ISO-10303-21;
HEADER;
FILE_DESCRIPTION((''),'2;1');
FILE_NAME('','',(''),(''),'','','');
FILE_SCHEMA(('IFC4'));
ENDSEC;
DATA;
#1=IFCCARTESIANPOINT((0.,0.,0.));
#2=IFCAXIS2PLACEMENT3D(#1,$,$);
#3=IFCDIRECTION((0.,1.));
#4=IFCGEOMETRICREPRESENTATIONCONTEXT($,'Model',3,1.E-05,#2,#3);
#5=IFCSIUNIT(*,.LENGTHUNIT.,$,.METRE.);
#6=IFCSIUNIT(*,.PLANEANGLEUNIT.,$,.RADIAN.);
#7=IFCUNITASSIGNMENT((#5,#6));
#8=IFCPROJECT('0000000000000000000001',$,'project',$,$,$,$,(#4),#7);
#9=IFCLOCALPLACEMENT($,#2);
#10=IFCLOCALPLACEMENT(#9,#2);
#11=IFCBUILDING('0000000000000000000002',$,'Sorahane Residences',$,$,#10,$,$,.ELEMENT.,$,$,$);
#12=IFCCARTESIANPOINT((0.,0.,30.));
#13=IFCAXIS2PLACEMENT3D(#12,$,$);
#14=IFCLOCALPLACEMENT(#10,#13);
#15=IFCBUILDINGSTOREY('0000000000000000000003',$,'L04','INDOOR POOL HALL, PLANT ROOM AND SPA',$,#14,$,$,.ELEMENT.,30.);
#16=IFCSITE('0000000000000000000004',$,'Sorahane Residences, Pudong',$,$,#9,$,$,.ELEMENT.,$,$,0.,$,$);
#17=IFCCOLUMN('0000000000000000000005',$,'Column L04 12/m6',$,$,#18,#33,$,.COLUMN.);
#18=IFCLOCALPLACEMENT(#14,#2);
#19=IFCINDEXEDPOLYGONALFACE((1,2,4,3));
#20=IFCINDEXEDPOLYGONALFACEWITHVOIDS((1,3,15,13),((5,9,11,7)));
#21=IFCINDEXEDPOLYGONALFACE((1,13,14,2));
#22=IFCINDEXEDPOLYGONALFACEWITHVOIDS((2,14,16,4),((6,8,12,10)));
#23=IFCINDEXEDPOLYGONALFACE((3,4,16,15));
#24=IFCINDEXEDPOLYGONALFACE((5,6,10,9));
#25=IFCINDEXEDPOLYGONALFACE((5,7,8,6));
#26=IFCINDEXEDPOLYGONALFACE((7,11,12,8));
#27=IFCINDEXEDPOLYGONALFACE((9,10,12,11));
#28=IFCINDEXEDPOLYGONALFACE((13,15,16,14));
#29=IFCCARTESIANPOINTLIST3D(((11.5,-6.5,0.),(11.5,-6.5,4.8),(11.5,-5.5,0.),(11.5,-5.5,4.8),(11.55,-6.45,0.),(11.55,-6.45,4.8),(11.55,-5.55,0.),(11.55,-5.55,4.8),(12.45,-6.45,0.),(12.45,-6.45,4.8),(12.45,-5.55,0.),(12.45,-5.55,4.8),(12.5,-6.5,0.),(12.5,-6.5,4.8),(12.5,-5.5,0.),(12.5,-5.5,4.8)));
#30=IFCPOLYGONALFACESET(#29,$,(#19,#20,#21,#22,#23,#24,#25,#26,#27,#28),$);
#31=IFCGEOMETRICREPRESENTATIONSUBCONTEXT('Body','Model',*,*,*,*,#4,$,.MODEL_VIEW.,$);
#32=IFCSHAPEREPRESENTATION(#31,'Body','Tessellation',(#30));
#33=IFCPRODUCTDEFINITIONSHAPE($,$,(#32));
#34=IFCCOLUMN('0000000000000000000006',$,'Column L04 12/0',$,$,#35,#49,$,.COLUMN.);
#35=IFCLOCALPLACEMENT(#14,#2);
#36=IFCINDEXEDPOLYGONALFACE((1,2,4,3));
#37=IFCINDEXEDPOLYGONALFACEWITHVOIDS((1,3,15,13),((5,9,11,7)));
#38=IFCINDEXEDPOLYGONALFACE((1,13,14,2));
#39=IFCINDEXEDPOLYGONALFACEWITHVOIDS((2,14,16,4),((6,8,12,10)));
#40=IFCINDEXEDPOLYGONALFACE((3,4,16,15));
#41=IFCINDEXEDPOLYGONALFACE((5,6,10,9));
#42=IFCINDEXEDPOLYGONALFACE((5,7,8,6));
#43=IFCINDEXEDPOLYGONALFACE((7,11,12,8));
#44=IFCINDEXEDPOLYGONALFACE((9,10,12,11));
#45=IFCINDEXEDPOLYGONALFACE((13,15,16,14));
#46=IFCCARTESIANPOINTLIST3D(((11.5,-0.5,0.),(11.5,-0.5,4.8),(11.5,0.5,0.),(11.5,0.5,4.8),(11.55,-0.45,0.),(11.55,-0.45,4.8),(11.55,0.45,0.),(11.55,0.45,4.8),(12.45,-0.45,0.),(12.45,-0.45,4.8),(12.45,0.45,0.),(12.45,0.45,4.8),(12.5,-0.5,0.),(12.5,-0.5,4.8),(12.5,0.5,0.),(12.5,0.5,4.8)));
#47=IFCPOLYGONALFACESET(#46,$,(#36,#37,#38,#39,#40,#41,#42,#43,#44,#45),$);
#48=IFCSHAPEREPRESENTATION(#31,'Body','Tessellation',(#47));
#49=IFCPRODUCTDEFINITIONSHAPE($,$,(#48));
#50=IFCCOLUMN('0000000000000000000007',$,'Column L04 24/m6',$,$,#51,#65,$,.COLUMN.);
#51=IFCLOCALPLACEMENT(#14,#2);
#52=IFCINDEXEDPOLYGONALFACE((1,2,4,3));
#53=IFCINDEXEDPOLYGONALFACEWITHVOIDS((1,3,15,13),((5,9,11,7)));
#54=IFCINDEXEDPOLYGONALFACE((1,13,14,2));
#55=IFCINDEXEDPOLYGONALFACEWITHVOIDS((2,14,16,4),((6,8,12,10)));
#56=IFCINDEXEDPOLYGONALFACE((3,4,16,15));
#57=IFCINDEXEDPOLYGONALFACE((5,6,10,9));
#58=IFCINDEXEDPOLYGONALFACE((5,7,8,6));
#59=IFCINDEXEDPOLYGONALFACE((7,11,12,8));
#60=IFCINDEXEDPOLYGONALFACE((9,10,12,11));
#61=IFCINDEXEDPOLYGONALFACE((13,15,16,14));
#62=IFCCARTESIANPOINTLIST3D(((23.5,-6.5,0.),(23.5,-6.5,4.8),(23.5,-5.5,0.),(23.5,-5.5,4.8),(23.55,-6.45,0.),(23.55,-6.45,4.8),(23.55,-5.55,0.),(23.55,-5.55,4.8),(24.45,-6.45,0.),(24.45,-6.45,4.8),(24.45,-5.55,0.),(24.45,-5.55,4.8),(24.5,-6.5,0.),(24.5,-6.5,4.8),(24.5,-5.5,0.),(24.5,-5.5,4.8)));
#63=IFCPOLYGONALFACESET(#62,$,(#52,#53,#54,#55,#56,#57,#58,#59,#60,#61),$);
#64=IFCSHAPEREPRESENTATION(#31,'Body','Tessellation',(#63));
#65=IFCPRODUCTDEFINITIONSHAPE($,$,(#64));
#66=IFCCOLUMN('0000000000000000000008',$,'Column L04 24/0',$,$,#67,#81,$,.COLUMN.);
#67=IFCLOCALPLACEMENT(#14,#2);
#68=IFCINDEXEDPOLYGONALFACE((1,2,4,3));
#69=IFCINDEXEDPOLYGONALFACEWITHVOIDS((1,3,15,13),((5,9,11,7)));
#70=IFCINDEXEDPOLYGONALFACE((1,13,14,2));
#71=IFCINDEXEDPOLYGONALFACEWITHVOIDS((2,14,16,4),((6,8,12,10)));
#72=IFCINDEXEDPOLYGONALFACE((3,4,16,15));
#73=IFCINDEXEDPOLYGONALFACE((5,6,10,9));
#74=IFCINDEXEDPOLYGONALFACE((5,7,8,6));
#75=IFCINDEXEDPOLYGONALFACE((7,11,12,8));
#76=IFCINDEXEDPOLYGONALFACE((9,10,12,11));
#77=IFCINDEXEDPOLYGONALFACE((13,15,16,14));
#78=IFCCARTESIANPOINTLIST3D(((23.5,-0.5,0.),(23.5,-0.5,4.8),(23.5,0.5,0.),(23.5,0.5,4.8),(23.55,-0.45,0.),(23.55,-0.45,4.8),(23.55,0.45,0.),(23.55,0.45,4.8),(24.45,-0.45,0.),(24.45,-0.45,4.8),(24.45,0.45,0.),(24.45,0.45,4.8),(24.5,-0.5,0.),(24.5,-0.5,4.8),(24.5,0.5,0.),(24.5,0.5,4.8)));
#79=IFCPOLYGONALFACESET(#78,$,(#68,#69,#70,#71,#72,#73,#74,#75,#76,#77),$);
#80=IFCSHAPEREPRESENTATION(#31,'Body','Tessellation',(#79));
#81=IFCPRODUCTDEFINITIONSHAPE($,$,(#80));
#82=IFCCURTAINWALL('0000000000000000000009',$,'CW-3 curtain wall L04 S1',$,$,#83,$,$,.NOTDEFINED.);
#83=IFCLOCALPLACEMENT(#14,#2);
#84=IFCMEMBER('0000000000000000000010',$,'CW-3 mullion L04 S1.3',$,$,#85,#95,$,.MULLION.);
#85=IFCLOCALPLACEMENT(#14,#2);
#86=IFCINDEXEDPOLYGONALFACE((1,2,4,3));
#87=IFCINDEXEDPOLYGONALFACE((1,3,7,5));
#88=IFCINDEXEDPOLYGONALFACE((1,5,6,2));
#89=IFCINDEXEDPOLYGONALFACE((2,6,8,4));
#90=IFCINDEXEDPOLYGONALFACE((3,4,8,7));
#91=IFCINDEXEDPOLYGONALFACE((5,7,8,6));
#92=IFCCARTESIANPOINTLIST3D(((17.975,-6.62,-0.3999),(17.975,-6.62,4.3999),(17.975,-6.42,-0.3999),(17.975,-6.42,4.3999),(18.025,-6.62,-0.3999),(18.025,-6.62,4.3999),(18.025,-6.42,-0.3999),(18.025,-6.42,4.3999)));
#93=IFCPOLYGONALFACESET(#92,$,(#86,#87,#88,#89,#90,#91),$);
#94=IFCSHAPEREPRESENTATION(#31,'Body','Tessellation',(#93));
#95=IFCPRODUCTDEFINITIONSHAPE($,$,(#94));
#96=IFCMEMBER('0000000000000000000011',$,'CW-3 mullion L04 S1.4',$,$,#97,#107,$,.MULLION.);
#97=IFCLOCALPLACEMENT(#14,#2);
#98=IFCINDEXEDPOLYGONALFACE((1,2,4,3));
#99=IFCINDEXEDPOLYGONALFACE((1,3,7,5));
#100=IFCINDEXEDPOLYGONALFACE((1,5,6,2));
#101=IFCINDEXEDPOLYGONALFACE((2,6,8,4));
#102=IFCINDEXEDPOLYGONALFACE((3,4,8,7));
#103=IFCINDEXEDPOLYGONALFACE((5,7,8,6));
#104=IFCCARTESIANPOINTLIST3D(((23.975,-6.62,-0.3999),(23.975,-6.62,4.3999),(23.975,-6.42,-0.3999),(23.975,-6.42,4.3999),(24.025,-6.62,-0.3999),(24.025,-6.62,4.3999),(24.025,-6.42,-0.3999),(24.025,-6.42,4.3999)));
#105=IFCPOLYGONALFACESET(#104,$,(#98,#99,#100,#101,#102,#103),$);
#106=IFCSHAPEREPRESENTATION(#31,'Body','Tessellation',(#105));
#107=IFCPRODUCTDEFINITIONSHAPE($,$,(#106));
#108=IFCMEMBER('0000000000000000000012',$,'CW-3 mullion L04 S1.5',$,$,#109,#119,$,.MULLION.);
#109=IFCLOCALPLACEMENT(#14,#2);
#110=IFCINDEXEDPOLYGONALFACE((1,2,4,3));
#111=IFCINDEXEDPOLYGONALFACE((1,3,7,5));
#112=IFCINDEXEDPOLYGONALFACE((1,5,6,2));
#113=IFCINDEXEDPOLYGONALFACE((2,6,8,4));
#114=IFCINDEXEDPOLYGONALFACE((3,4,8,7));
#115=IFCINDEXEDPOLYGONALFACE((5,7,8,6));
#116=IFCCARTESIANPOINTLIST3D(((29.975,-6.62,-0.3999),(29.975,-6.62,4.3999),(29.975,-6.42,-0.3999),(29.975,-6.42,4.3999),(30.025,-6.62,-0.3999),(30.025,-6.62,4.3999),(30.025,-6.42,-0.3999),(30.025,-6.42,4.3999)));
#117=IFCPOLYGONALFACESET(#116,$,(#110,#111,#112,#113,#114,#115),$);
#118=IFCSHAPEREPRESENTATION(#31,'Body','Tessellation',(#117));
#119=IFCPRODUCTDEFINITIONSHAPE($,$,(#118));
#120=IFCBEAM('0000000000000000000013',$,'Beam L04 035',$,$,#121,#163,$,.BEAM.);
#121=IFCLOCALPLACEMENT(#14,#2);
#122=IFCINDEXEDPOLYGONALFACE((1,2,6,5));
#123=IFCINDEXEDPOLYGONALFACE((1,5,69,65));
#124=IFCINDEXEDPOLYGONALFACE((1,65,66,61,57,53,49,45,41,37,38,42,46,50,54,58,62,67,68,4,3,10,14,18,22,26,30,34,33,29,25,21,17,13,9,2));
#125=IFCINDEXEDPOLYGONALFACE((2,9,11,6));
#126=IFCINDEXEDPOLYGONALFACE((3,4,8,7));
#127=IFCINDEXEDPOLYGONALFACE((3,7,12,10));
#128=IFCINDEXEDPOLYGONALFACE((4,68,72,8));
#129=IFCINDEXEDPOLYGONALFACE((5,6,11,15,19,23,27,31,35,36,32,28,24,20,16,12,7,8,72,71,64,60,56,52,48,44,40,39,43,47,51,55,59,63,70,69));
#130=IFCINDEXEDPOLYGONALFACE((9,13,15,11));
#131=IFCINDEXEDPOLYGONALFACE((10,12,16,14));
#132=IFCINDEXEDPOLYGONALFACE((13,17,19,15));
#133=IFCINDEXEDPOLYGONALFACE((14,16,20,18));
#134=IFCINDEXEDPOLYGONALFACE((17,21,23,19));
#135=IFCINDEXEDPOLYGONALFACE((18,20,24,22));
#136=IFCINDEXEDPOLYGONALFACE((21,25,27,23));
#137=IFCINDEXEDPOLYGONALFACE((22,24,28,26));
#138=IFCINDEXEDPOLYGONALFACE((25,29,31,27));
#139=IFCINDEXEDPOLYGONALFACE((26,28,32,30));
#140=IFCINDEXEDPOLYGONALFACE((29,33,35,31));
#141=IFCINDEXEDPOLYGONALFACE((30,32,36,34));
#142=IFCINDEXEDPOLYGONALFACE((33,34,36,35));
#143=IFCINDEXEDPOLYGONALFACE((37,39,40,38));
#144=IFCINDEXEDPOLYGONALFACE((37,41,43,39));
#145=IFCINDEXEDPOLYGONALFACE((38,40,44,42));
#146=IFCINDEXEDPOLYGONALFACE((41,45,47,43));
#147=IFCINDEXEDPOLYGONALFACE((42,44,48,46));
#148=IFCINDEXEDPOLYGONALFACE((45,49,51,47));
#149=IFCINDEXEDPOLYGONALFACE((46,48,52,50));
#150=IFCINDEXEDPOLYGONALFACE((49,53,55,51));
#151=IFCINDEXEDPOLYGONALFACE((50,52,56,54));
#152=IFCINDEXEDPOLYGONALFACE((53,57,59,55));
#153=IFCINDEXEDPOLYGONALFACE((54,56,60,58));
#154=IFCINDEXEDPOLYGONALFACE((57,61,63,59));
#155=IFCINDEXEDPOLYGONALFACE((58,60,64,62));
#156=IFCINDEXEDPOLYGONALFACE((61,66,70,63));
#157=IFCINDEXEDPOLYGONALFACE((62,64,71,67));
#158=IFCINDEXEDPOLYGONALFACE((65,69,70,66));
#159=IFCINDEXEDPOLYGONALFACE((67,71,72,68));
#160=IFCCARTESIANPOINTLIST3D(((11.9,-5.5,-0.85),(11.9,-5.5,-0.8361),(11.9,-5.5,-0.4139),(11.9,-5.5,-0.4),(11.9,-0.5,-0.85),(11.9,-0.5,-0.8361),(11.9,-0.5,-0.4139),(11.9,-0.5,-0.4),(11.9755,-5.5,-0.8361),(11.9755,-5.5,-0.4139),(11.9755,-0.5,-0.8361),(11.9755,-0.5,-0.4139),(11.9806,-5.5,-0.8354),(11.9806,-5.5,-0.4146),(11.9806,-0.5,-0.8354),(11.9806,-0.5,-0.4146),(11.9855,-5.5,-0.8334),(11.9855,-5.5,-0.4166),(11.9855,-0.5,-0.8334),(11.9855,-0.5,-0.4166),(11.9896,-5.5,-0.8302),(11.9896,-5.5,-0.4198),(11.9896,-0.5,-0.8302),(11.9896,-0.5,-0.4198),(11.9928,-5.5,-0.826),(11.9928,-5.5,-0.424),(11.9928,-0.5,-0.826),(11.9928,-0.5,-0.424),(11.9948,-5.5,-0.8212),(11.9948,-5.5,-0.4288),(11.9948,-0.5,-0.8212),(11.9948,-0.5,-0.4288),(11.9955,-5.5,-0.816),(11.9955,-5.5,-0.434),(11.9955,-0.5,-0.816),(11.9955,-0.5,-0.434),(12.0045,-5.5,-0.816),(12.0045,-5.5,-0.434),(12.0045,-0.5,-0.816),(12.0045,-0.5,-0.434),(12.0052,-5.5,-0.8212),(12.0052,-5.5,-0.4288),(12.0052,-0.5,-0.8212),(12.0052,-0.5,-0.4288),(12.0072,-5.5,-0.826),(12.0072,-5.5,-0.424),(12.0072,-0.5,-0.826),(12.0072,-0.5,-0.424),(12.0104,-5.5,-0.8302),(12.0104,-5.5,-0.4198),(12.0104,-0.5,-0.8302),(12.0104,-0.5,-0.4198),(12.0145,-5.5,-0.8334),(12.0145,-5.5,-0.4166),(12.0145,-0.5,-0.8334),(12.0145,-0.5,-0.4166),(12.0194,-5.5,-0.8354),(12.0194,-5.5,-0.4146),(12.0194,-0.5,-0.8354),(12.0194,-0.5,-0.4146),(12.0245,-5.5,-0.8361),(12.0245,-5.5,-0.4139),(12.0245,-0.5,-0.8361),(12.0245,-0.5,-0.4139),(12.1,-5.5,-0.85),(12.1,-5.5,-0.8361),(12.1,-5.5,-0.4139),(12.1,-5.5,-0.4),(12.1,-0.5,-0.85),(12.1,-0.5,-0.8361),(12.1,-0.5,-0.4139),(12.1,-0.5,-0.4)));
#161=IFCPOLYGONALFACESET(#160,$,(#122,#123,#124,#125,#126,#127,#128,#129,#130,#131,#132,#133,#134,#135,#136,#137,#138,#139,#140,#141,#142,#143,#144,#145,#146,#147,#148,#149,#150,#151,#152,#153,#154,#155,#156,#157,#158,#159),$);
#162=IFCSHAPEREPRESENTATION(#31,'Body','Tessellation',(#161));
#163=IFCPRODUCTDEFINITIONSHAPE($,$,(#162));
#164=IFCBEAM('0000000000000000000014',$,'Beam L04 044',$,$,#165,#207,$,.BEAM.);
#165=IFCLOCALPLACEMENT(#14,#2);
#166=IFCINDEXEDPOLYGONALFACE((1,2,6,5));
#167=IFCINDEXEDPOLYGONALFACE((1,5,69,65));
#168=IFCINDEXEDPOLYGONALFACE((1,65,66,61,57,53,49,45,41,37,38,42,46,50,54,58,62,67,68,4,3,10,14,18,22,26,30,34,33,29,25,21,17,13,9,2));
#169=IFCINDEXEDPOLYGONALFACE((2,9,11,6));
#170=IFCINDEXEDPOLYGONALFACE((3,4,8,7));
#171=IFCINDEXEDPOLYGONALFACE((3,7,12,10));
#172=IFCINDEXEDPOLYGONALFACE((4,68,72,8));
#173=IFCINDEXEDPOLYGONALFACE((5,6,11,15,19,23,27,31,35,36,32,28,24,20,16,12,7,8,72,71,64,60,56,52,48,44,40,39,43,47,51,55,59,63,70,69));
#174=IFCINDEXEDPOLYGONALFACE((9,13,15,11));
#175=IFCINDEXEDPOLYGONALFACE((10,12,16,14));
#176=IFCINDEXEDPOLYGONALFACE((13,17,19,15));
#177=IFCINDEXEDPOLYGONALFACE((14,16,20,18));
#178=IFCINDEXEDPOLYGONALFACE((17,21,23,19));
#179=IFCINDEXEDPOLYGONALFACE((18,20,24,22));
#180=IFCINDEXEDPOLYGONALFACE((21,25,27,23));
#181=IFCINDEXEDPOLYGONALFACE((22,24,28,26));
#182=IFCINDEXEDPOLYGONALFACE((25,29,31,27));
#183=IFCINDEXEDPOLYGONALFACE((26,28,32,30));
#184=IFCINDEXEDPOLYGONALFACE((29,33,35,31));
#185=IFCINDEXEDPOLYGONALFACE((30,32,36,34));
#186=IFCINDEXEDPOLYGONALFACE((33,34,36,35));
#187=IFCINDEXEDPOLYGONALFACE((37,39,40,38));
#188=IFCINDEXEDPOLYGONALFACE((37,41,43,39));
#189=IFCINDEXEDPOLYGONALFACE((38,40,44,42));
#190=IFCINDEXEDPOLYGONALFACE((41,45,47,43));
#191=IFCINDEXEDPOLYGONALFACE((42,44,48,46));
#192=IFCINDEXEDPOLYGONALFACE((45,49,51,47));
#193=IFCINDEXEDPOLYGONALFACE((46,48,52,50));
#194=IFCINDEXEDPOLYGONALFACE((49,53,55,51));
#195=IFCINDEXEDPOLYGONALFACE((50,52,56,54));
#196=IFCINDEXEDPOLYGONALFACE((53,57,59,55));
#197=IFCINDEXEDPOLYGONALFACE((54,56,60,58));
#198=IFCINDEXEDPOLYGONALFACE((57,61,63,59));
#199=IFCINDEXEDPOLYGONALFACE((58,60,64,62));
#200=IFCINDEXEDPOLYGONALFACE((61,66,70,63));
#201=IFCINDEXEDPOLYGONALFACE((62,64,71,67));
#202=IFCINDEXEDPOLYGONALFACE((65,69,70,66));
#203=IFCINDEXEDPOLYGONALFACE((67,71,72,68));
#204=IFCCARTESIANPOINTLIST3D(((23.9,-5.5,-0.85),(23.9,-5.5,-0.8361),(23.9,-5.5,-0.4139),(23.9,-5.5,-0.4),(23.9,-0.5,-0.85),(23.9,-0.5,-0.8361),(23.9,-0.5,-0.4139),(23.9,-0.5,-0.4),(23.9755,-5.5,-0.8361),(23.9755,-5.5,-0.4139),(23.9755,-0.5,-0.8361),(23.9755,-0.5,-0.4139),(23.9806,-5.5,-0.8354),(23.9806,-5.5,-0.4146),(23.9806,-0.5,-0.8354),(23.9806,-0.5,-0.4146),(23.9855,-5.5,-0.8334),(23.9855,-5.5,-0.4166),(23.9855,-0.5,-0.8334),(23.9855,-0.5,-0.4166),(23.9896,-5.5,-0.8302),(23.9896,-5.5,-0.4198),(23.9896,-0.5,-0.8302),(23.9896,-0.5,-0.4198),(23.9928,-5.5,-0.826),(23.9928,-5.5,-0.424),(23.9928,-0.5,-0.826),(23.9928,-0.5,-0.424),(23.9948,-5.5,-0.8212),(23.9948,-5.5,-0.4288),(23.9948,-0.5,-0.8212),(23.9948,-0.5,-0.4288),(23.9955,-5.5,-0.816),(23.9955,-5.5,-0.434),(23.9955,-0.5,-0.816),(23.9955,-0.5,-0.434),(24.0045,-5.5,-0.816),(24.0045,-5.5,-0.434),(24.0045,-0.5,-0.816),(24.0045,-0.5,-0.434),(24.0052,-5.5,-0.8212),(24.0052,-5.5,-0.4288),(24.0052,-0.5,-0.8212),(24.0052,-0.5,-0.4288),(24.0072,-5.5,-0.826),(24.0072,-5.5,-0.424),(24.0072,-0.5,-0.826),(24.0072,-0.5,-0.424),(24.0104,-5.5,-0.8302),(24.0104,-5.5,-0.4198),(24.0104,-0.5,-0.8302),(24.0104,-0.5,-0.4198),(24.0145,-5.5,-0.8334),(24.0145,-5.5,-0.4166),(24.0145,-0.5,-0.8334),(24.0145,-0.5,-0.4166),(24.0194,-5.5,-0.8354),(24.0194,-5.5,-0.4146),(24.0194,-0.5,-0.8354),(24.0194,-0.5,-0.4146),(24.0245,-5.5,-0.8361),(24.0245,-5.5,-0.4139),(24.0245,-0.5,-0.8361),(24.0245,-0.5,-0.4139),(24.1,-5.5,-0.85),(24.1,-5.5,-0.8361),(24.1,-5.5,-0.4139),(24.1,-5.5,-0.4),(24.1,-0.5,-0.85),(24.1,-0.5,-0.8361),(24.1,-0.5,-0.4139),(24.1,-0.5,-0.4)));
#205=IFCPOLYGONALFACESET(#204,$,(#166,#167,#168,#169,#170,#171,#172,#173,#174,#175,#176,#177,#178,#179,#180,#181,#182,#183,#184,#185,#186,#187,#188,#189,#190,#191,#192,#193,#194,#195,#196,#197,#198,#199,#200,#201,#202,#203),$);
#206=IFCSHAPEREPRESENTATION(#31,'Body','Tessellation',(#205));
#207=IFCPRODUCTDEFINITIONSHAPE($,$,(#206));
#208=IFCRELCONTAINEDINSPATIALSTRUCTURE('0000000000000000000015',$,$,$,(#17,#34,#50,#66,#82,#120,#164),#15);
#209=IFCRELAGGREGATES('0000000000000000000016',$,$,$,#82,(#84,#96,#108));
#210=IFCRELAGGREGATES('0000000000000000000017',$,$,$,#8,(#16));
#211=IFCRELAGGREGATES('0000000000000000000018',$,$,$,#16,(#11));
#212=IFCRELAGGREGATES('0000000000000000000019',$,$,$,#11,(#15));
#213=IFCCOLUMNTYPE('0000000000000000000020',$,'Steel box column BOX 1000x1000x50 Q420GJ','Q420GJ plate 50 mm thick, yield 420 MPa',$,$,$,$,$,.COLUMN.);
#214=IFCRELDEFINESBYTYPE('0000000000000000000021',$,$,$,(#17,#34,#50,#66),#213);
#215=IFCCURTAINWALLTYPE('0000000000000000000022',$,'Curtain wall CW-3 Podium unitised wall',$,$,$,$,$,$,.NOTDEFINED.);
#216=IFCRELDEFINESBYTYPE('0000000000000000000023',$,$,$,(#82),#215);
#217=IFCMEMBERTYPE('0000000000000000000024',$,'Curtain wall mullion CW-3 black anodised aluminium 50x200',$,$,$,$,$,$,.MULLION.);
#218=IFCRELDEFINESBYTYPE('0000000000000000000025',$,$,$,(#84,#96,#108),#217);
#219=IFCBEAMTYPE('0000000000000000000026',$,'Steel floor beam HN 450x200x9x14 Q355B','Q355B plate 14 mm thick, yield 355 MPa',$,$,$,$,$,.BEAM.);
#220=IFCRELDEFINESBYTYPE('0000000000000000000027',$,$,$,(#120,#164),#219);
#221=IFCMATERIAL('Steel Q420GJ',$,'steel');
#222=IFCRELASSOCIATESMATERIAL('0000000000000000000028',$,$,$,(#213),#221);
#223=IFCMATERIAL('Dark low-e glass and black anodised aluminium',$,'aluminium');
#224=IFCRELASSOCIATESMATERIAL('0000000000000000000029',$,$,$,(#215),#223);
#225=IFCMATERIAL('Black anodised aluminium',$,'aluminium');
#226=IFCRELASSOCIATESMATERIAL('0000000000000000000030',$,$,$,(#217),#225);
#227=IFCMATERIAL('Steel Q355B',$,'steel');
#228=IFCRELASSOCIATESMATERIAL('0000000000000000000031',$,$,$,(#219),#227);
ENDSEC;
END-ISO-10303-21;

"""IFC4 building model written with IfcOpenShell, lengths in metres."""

from ifc_helpers import new_model, si_unit, direction, frame, origin, origin_2d, place, context, subcontext, project, spatial, rectangle, hollow_rectangle, i_section, extrude, material, material_profile, profile_set, type_object, element, aggregate, save


model = new_model("IFC4")

# Units and contexts
model_context = context("Model", 3, precision=1e-05, world=origin(), true_north=direction((0.0, 1.0)))
body_context = subcontext(model_context, "Body", "Model", "MODEL_VIEW")
ifc_project = project(units=[si_unit("LENGTHUNIT", "METRE"), si_unit("PLANEANGLEUNIT", "RADIAN")], contexts=[model_context])

# Site, building, storey
site_placement = place(None, origin())
site = spatial("IfcSite", under=ifc_project, at=site_placement, Name="Sorahane Residences, Pudong", CompositionType="ELEMENT", RefElevation=0.0)
building_placement = place(site_placement, origin())
building = spatial("IfcBuilding", under=site, at=building_placement, Name="Sorahane Residences", CompositionType="ELEMENT")
storey_placement = place(building_placement, frame((0.0, 0.0, 30.0)))
storey = spatial("IfcBuildingStorey", under=building, at=storey_placement, Name="L04", Description="INDOOR POOL HALL, PLANT ROOM AND SPA", CompositionType="ELEMENT", Elevation=30.0)

# Columns
ifc_material_1 = material(Name="Steel Q420GJ", Category="steel")
ifc_material_profile_1 = material_profile(ifc_material_1, hollow_rectangle(XDim=1.0, YDim=1.0, WallThickness=0.05, at=origin_2d()), Name="BOX 1000x1000x50")
ifc_profile_set_1 = profile_set([ifc_material_profile_1], Name="Steel Q420GJ")
column_type = type_object("IfcColumnType", Name="Steel box column BOX 1000x1000x50 Q420GJ", Description="Q420GJ plate 50 mm thick, yield 420 MPa", PredefinedType="COLUMN", material=ifc_profile_set_1)
for number, where, z_axis, x_axis, name in (
    (1, (12.0, -6.0, 0.0), (0.0, 0.0, 1.0), (1.0, 0.0, 0.0), "Column L04 12/m6"),
    (2, (12.0, 0.0, 0.0), (0.0, 0.0, 1.0), (1.0, 0.0, 0.0), "Column L04 12/0"),
    (3, (24.0, -6.0, 0.0), (0.0, 0.0, 1.0), (1.0, 0.0, 0.0), "Column L04 24/m6"),
    (4, (24.0, 0.0, 0.0), (0.0, 0.0, 1.0), (1.0, 0.0, 0.0), "Column L04 24/0"),
):
    element("IfcColumn", number, at=place(storey_placement, frame(where, z_axis=z_axis, x_axis=x_axis)), inside=storey, type_object=column_type, Name=name, PredefinedType="COLUMN", context=body_context, shape_type="SweptSolid", body=[
        extrude(hollow_rectangle(XDim=1.0, YDim=1.0, WallThickness=0.05, at=origin_2d()), origin(), (0.0, 0.0, 1.0), 4.8),
    ])

# Curtain wall, members
ifc_material_2 = material(Name="Dark low-e glass and black anodised aluminium", Category="aluminium")
curtain_wall_type = type_object("IfcCurtainWallType", Name="Curtain wall CW-3 Podium unitised wall", PredefinedType="NOTDEFINED", material=ifc_material_2)
curtain_wall_placement = place(storey_placement, origin())
curtain_wall = element("IfcCurtainWall", 5, at=curtain_wall_placement, inside=storey, type_object=curtain_wall_type, Name="CW-3 curtain wall L04 S1", PredefinedType="NOTDEFINED")
ifc_material_3 = material(Name="Black anodised aluminium", Category="aluminium")
ifc_material_profile_2 = material_profile(ifc_material_3, rectangle(XDim=0.2, YDim=0.05, at=origin_2d()), Name="Curtain wall mullion CW-3 black anodised aluminium 50x200")
ifc_profile_set_2 = profile_set([ifc_material_profile_2], Name="Black anodised aluminium")
member_type = type_object("IfcMemberType", Name="Curtain wall mullion CW-3 black anodised aluminium 50x200", PredefinedType="MULLION", material=ifc_profile_set_2)
member_1_placement = place(storey_placement, frame((18.0, -6.52, -0.3999), z_axis=(0.0, 0.0, 1.0), x_axis=(0.0, -1.0, 0.0)))
member_1 = element("IfcMember", 6, at=member_1_placement, type_object=member_type, Name="CW-3 mullion L04 S1.3", PredefinedType="MULLION", context=body_context, shape_type="SweptSolid", body=[
    extrude(rectangle(XDim=0.2, YDim=0.05, at=origin_2d()), origin(), (0.0, 0.0, 1.0), 4.7998),
])
member_2_placement = place(storey_placement, frame((24.0, -6.52, -0.3999), z_axis=(0.0, 0.0, 1.0), x_axis=(0.0, -1.0, 0.0)))
member_2 = element("IfcMember", 7, at=member_2_placement, type_object=member_type, Name="CW-3 mullion L04 S1.4", PredefinedType="MULLION", context=body_context, shape_type="SweptSolid", body=[
    extrude(rectangle(XDim=0.2, YDim=0.05, at=origin_2d()), origin(), (0.0, 0.0, 1.0), 4.7998),
])
member_3_placement = place(storey_placement, frame((30.0, -6.52, -0.3999), z_axis=(0.0, 0.0, 1.0), x_axis=(0.0, -1.0, 0.0)))
member_3 = element("IfcMember", 8, at=member_3_placement, type_object=member_type, Name="CW-3 mullion L04 S1.5", PredefinedType="MULLION", context=body_context, shape_type="SweptSolid", body=[
    extrude(rectangle(XDim=0.2, YDim=0.05, at=origin_2d()), origin(), (0.0, 0.0, 1.0), 4.7998),
])

# Beams
ifc_material_4 = material(Name="Steel Q355B", Category="steel")
ifc_material_profile_3 = material_profile(ifc_material_4, i_section(OverallWidth=0.2, OverallDepth=0.45, WebThickness=0.009, FlangeThickness=0.0139, FilletRadius=0.02, at=origin_2d()), Name="HN 450x200x9x14")
ifc_profile_set_3 = profile_set([ifc_material_profile_3], Name="Steel Q355B")
beam_type_1 = type_object("IfcBeamType", Name="Steel floor beam HN 450x200x9x14 Q355B", Description="Q355B plate 14 mm thick, yield 355 MPa", PredefinedType="BEAM", material=ifc_profile_set_3)
for number, where, z_axis, x_axis, name in (
    (9, (12.0, -5.5, -0.625), (0.0, 1.0, 0.0), (-1.0, 0.0, 0.0), "Beam L04 035"),
    (10, (24.0, -5.5, -0.625), (0.0, 1.0, 0.0), (-1.0, 0.0, 0.0), "Beam L04 044"),
):
    element("IfcBeam", number, at=place(storey_placement, frame(where, z_axis=z_axis, x_axis=x_axis)), inside=storey, type_object=beam_type_1, Name=name, PredefinedType="BEAM", context=body_context, shape_type="SweptSolid", body=[
        extrude(i_section(OverallWidth=0.2, OverallDepth=0.45, WebThickness=0.009, FlangeThickness=0.0139, FilletRadius=0.02, at=origin_2d()), origin(), (0.0, 0.0, 1.0), 5.0),
    ])

aggregate(curtain_wall, [member_1, member_2, member_3])

save(model, "model.ifc")
